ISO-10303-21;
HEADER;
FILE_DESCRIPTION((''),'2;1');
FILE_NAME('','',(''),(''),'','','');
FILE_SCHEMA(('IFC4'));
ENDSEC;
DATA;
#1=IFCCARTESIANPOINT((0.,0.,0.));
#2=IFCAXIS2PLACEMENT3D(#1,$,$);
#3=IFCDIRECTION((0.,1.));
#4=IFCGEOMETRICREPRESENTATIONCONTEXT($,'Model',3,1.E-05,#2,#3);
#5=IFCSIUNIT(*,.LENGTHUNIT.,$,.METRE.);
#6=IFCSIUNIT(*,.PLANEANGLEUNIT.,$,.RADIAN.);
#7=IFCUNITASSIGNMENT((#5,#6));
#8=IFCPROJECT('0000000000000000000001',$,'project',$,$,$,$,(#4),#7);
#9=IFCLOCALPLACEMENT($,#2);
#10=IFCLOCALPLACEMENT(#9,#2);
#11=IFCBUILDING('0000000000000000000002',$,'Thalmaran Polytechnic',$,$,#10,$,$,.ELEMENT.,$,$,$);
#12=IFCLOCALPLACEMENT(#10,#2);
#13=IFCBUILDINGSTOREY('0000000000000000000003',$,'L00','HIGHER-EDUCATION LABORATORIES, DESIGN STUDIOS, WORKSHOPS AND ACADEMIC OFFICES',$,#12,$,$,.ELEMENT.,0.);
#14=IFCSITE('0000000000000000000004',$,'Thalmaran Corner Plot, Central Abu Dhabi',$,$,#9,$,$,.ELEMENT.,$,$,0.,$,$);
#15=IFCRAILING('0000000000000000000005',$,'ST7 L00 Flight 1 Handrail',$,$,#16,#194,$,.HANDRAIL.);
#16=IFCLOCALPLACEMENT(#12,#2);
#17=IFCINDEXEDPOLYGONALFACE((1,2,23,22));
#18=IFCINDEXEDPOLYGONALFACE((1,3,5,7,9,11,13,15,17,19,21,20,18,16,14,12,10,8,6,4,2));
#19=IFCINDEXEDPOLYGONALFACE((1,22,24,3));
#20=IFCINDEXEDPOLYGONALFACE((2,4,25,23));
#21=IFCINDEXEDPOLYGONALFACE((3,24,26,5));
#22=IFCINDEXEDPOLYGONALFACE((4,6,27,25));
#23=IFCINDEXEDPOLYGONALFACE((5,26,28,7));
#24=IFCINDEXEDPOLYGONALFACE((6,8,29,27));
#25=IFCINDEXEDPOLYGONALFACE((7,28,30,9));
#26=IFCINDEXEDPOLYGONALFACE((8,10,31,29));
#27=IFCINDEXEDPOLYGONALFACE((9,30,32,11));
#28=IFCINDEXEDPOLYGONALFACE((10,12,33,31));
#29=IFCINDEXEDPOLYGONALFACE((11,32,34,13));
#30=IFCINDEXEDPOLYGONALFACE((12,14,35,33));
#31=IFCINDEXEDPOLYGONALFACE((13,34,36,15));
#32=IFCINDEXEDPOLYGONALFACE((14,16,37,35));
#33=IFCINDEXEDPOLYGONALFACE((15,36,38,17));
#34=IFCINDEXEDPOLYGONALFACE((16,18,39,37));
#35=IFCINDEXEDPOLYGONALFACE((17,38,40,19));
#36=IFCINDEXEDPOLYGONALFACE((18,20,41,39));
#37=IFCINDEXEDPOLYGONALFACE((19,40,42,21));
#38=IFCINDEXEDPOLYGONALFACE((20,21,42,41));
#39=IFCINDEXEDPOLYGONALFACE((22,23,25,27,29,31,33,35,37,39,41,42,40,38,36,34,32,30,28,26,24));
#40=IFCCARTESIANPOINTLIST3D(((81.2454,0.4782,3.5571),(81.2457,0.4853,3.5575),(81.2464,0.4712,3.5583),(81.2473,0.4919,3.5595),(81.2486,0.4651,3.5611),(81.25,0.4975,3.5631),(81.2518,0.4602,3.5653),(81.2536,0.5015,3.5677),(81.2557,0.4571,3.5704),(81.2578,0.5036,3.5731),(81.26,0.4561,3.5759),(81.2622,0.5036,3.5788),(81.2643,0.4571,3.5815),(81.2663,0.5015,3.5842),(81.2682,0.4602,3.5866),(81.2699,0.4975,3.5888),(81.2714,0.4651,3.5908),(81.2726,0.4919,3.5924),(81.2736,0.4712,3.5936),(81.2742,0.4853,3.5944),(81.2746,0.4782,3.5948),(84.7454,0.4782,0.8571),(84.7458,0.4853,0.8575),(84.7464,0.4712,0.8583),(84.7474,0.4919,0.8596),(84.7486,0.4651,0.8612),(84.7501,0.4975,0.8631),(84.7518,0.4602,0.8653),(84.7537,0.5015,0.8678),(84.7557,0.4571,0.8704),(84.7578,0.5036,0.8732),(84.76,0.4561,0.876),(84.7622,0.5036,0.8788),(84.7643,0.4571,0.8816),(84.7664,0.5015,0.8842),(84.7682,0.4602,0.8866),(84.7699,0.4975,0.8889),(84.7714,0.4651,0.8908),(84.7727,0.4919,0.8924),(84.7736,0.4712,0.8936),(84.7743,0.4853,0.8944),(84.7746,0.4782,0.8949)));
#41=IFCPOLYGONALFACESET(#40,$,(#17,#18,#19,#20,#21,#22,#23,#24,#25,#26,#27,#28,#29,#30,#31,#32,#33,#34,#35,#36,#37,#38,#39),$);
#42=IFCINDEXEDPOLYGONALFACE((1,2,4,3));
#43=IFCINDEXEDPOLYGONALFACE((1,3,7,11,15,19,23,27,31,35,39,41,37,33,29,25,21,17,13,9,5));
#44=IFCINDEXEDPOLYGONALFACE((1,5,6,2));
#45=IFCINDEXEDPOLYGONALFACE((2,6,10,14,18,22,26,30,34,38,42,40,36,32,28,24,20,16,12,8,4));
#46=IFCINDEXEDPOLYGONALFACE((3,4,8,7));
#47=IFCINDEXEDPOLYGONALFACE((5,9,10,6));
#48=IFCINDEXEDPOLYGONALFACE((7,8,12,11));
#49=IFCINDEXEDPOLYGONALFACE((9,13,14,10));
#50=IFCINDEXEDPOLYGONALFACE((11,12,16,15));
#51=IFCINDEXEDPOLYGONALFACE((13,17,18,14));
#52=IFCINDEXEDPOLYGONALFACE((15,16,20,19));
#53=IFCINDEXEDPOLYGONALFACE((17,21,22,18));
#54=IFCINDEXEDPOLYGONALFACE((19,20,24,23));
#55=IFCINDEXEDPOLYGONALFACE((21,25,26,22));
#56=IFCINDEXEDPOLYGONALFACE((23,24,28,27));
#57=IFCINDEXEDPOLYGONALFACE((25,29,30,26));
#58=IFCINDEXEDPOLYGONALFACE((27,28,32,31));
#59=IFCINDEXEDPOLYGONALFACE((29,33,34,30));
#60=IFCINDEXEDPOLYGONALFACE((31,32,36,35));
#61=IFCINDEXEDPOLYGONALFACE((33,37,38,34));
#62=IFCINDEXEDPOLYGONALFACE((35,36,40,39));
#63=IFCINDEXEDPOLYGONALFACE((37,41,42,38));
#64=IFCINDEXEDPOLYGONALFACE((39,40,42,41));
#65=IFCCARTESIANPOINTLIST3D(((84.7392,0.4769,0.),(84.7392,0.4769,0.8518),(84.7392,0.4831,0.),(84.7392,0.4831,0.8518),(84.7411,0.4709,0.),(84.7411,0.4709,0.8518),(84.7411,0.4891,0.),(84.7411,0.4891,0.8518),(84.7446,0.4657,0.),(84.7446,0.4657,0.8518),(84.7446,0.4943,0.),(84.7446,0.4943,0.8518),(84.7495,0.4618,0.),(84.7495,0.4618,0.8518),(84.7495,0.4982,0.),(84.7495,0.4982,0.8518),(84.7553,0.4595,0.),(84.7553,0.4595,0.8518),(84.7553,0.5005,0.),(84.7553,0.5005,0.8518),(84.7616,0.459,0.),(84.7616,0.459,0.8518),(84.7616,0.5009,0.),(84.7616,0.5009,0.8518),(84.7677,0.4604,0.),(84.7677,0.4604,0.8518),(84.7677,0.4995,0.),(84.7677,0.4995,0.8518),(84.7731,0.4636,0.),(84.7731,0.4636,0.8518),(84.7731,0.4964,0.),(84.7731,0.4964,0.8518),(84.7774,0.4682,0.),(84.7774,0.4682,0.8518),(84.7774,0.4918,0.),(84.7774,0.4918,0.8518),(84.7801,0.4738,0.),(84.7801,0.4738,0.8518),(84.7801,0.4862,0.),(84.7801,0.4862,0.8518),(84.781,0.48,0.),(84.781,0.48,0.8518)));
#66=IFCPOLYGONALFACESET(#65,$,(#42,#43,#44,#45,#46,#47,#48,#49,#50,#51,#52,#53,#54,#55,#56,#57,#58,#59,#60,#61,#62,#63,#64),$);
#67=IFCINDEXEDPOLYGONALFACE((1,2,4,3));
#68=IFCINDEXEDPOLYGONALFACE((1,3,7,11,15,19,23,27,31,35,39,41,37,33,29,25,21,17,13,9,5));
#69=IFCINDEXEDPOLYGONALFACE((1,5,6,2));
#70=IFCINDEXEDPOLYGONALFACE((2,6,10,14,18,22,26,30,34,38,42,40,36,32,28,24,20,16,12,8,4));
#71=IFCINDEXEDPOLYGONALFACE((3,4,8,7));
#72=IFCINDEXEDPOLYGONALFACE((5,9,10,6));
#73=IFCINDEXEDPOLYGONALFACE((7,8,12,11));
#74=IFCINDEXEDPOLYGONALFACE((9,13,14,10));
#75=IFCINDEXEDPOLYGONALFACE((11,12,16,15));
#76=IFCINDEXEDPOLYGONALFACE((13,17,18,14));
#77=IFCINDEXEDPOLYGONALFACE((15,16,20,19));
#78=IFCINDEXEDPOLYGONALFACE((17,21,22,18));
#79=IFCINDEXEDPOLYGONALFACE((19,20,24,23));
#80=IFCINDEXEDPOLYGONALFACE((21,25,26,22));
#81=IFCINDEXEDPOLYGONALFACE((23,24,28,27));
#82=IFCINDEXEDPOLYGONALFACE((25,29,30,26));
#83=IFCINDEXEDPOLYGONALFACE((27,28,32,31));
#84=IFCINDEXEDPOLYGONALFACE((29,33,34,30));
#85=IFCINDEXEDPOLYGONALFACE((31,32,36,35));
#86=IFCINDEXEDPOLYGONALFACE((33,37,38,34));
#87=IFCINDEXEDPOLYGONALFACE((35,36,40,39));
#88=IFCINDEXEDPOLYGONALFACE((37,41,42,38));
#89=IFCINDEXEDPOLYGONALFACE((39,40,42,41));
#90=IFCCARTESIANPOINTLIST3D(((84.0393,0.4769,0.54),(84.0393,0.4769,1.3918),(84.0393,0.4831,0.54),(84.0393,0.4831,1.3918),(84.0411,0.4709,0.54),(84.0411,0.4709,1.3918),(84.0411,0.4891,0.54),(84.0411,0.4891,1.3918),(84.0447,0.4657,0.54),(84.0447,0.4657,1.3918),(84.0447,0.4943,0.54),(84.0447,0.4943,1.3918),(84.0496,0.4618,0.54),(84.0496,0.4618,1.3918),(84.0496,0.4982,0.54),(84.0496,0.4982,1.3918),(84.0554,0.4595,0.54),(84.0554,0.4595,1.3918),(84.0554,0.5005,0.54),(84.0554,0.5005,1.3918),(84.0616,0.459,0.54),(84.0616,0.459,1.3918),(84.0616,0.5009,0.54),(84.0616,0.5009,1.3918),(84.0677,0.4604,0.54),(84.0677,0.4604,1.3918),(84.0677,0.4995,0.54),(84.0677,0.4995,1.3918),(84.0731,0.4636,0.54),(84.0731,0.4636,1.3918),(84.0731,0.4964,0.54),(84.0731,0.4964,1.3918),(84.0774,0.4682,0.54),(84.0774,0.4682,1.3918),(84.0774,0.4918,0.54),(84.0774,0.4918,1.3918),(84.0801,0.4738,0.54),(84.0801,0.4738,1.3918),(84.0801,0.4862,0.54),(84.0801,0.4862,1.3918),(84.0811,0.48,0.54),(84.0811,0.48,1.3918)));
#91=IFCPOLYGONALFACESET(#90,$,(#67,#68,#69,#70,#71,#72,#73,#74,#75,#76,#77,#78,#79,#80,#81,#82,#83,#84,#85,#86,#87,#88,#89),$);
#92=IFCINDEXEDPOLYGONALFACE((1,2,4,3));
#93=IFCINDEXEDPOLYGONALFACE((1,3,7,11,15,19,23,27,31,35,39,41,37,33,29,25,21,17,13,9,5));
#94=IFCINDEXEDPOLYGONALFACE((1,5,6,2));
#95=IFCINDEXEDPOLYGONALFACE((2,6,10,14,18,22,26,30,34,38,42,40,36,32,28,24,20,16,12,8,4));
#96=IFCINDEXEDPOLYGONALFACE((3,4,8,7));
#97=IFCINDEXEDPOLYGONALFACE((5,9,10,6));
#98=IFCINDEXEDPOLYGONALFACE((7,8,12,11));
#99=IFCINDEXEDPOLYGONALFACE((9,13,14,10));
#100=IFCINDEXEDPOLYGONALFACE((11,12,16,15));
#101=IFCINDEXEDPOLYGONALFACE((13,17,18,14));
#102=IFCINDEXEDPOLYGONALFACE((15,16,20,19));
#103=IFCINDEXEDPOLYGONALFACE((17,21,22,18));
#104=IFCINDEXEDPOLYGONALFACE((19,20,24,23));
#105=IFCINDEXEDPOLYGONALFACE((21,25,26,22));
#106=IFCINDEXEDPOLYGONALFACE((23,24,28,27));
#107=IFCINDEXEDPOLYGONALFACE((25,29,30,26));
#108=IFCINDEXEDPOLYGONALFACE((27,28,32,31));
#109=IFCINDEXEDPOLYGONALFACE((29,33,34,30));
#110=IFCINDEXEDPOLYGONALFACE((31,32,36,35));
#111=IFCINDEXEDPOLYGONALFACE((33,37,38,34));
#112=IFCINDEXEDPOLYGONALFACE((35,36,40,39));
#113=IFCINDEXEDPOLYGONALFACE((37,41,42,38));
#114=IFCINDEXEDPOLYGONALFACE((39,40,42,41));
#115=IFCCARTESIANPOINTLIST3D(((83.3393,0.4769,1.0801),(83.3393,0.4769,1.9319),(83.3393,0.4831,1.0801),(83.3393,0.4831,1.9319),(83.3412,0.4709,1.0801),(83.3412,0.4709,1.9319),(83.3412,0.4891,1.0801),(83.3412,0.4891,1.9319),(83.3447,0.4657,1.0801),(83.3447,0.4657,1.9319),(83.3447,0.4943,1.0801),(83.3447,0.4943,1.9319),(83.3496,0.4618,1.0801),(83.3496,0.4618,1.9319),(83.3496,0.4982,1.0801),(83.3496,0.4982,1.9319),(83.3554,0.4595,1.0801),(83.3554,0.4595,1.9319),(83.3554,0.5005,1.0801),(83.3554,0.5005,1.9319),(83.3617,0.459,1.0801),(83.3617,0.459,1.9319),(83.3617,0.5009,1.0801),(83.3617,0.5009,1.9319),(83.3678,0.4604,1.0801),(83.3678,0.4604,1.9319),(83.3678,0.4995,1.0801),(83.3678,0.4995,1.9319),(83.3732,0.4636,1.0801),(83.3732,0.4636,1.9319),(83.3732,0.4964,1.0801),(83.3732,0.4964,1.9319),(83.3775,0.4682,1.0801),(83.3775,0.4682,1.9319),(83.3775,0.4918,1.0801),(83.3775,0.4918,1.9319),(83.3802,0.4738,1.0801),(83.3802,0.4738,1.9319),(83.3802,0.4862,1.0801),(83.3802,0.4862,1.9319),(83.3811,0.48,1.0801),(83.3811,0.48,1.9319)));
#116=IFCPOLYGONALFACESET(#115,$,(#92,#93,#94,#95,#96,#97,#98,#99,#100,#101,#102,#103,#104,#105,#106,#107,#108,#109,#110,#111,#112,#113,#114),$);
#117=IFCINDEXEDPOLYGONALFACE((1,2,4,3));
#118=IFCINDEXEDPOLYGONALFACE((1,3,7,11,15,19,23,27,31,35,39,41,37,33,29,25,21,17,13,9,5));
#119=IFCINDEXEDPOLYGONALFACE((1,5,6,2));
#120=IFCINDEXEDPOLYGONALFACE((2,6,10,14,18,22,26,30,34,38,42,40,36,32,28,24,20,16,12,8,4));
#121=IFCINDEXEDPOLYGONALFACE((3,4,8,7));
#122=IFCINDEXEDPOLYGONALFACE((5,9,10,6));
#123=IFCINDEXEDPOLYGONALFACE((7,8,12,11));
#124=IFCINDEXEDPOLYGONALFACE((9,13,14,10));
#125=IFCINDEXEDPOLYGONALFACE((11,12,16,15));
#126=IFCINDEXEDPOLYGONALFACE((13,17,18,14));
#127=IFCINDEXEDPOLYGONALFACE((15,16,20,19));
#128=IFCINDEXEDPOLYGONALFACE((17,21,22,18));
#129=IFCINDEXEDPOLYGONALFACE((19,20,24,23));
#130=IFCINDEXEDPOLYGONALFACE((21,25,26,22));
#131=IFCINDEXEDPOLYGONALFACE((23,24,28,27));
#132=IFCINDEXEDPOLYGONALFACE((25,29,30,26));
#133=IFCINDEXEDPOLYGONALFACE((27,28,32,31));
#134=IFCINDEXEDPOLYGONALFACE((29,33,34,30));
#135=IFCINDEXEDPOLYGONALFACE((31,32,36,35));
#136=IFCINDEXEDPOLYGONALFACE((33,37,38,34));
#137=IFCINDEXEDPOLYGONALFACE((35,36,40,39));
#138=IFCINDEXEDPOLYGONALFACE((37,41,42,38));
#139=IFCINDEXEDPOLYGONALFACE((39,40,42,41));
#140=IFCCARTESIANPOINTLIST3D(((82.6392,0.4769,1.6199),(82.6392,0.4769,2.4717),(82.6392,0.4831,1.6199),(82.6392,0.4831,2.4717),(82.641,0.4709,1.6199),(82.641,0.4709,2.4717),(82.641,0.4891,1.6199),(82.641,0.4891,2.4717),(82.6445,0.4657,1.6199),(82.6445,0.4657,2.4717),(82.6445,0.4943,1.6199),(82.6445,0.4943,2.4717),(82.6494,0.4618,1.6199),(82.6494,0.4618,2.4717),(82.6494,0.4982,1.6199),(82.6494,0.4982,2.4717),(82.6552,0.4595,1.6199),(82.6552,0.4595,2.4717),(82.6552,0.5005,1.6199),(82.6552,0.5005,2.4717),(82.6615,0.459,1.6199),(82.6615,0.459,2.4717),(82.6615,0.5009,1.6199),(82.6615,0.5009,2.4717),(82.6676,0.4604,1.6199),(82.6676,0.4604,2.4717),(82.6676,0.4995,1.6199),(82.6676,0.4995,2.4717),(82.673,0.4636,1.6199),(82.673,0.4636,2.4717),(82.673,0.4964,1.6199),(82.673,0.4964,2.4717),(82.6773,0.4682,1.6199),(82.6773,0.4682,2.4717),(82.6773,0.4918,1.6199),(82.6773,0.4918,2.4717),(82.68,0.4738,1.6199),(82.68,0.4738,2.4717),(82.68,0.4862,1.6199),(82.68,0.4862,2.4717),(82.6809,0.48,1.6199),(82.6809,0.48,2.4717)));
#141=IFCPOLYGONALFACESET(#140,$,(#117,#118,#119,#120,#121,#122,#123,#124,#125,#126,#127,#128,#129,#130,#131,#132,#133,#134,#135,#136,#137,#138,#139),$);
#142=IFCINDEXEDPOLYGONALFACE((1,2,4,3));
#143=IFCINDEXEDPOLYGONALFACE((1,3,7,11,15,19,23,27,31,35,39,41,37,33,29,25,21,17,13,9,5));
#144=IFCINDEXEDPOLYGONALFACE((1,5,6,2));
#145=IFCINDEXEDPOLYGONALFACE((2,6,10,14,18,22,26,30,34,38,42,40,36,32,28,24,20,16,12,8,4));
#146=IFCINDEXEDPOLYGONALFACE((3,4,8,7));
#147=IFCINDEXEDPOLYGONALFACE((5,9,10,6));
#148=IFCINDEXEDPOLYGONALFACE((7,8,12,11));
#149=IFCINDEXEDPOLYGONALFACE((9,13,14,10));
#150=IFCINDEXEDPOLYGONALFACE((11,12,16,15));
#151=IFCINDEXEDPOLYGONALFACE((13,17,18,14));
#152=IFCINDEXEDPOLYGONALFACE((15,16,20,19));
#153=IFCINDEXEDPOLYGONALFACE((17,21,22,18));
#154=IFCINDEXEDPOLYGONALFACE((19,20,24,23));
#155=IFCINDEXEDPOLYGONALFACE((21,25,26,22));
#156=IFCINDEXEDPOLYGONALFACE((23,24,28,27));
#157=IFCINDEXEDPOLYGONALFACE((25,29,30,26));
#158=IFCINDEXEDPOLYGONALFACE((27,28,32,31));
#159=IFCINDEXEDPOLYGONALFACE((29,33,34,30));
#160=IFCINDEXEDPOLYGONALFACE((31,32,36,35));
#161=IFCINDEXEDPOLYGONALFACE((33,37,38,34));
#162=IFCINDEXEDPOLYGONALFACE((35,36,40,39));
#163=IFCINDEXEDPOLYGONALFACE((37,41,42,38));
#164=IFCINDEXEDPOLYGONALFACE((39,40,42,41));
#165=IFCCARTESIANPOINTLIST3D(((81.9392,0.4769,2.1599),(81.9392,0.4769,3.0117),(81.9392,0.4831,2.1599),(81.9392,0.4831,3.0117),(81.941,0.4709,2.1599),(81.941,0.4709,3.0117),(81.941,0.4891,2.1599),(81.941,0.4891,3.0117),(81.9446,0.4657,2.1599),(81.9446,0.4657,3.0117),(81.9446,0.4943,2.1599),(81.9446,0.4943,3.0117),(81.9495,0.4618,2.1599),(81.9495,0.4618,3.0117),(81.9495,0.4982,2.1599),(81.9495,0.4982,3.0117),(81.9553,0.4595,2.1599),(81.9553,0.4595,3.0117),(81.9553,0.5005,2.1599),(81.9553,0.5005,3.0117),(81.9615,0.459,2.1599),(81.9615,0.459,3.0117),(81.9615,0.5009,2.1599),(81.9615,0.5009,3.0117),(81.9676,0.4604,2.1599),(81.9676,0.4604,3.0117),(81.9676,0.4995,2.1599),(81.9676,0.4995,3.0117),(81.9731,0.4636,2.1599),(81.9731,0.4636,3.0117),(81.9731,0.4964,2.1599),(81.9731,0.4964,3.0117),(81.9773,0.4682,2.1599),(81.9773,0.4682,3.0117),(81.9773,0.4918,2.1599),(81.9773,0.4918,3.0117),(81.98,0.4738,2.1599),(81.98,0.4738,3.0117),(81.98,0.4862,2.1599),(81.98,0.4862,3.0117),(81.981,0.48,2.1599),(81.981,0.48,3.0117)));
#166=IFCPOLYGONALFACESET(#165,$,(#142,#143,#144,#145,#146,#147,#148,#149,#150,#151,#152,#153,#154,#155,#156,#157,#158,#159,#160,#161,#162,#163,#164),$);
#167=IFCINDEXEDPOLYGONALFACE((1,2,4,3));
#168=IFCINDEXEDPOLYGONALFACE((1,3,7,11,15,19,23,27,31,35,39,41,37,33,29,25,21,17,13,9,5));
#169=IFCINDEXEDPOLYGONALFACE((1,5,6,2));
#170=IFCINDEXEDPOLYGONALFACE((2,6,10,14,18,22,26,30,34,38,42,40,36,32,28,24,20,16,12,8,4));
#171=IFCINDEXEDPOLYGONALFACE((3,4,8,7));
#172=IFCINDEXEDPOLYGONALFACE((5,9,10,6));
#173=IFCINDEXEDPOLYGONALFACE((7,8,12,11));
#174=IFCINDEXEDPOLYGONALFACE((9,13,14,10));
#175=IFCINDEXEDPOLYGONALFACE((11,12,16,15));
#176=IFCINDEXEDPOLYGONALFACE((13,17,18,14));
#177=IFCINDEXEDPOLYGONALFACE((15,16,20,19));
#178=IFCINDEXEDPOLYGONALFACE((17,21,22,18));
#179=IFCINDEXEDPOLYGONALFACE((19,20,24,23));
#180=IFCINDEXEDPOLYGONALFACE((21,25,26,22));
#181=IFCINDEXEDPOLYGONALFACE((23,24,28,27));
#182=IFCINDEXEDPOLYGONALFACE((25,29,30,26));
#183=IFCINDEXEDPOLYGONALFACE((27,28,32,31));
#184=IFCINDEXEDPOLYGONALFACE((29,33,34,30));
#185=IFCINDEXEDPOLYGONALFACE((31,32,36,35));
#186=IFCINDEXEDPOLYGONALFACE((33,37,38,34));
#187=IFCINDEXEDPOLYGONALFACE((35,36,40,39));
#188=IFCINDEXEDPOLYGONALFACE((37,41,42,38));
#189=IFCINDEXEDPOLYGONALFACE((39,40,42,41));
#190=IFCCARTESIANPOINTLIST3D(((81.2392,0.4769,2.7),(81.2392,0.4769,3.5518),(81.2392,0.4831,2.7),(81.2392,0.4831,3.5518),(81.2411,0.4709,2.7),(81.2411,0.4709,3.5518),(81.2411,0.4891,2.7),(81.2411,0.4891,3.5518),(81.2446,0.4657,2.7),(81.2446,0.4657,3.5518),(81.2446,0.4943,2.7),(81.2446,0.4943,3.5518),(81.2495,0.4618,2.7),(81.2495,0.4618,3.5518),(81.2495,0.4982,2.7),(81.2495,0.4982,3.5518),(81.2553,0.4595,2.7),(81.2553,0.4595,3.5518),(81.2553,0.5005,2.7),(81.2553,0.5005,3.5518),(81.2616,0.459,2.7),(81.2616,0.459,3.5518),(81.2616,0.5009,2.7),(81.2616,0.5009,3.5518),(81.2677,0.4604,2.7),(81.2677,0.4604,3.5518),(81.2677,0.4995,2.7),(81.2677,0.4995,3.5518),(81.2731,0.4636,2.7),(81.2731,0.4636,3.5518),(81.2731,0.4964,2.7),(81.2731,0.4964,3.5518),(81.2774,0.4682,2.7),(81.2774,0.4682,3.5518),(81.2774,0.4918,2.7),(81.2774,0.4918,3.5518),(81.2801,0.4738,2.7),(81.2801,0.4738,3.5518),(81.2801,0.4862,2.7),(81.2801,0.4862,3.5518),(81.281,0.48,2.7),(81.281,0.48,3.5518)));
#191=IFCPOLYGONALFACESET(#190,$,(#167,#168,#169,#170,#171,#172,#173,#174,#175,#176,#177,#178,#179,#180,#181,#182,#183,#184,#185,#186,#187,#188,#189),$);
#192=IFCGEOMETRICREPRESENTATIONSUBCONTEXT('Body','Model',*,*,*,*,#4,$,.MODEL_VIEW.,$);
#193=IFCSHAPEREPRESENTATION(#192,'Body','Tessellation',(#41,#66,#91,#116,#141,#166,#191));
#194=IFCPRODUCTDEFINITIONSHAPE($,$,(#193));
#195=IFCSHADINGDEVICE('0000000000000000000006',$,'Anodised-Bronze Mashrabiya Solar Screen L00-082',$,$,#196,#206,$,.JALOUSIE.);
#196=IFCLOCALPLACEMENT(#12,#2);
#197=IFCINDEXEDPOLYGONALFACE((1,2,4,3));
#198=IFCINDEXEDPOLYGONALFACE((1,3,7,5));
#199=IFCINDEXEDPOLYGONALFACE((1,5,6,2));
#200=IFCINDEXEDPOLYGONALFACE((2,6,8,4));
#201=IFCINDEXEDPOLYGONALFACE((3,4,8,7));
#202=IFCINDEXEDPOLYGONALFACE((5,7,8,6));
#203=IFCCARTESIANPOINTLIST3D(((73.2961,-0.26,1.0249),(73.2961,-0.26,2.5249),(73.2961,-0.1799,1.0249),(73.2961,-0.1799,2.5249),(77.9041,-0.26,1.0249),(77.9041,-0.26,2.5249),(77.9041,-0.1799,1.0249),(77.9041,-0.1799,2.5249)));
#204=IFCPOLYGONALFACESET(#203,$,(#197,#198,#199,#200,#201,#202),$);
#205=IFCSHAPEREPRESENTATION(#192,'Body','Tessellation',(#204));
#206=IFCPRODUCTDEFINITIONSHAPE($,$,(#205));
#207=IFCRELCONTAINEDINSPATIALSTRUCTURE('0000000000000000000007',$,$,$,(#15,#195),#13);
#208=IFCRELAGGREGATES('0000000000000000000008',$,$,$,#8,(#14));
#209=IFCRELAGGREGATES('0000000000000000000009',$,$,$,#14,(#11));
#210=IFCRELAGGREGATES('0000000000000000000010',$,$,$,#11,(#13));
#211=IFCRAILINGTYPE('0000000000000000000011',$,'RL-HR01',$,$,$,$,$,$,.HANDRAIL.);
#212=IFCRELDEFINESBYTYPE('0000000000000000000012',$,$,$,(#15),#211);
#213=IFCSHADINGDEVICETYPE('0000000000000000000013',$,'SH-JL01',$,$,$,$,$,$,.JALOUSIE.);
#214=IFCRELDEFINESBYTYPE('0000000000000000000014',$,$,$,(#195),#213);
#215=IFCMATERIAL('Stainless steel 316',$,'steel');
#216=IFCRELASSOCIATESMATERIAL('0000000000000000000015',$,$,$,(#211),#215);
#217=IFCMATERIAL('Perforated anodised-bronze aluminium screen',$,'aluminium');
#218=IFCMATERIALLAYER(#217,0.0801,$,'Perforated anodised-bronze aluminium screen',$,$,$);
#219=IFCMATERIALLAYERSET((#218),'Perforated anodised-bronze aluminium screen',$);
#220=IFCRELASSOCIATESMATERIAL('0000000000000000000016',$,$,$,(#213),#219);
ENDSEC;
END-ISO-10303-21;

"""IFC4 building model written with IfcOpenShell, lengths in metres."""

from ifc_helpers import new_model, si_unit, direction, frame, origin, origin_2d, place, context, subcontext, project, spatial, rectangle, circle, extrude, material, layer, layer_set, type_object, element, save


model = new_model("IFC4")

# Units and contexts
model_context = context("Model", 3, precision=1e-05, world=origin(), true_north=direction((0.0, 1.0)))
body_context = subcontext(model_context, "Body", "Model", "MODEL_VIEW")
ifc_project = project(units=[si_unit("LENGTHUNIT", "METRE"), si_unit("PLANEANGLEUNIT", "RADIAN")], contexts=[model_context])

# Site, building, storey
site_placement = place(None, origin())
site = spatial("IfcSite", under=ifc_project, at=site_placement, Name="Thalmaran Corner Plot, Central Abu Dhabi", CompositionType="ELEMENT", RefElevation=0.0)
building_placement = place(site_placement, origin())
building = spatial("IfcBuilding", under=site, at=building_placement, Name="Thalmaran Polytechnic", CompositionType="ELEMENT")
storey_placement = place(building_placement, origin())
storey = spatial("IfcBuildingStorey", under=building, at=storey_placement, Name="L00", Description="HIGHER-EDUCATION LABORATORIES, DESIGN STUDIOS, WORKSHOPS AND ACADEMIC OFFICES", CompositionType="ELEMENT", Elevation=0.0)

# Railing
ifc_material_1 = material(Name="Stainless steel 316", Category="steel")
railing_type_1 = type_object("IfcRailingType", Name="RL-HR01", PredefinedType="HANDRAIL", material=ifc_material_1)
railing_1_placement = place(storey_placement, frame((84.76, 0.48, 0.0)))
element("IfcRailing", 1, at=railing_1_placement, inside=storey, type_object=railing_type_1, Name="ST7 L00 Flight 1 Handrail", PredefinedType="HANDRAIL", context=body_context, shape_type="SweptSolid", body=[
    extrude(circle(Radius=0.0239, at=origin_2d()), frame((0.0, 0.0, 0.876), z_axis=(-0.791788, 0.0, 0.610797), x_axis=(0.0, -1.0, 0.0)), (0.0, 0.0, 1.0), 4.4204),
    extrude(circle(Radius=0.021, at=origin_2d()), origin(), (0.0, 0.0, 1.0), 0.8518),
    extrude(circle(Radius=0.021, at=origin_2d()), frame((-0.7, 0.0, 0.54)), (0.0, 0.0, 1.0), 0.8518),
    extrude(circle(Radius=0.021, at=origin_2d()), frame((-1.3999, 0.0, 1.0801)), (0.0, 0.0, 1.0), 0.8518),
    extrude(circle(Radius=0.021, at=origin_2d()), frame((-2.1001, 0.0, 1.6199)), (0.0, 0.0, 1.0), 0.8518),
    extrude(circle(Radius=0.021, at=origin_2d()), frame((-2.8, 0.0, 2.1599)), (0.0, 0.0, 1.0), 0.8518),
    extrude(circle(Radius=0.021, at=origin_2d()), frame((-3.5, 0.0, 2.7)), (0.0, 0.0, 1.0), 0.8518),
])

# Shading device
ifc_material_2 = material(Name="Perforated anodised-bronze aluminium screen", Category="aluminium")
ifc_layer_1 = layer(ifc_material_2, 0.0801, Name="Perforated anodised-bronze aluminium screen")
ifc_layer_set_1 = layer_set([ifc_layer_1], Name="Perforated anodised-bronze aluminium screen")
shading_device_type = type_object("IfcShadingDeviceType", Name="SH-JL01", PredefinedType="JALOUSIE", material=ifc_layer_set_1)
shading_device_placement = place(storey_placement, frame((75.6001, -0.22, 1.0249), z_axis=(0.0, 0.0, 1.0), x_axis=(-1.0, 0.0, 0.0)))
element("IfcShadingDevice", 2, at=shading_device_placement, inside=storey, type_object=shading_device_type, Name="Anodised-Bronze Mashrabiya Solar Screen L00-082", PredefinedType="JALOUSIE", context=body_context, shape_type="SweptSolid", body=[
    extrude(rectangle(XDim=4.6079, YDim=0.0801, at=origin_2d()), origin(), (0.0, 0.0, 1.0), 1.5),
])

save(model, "model.ifc")
